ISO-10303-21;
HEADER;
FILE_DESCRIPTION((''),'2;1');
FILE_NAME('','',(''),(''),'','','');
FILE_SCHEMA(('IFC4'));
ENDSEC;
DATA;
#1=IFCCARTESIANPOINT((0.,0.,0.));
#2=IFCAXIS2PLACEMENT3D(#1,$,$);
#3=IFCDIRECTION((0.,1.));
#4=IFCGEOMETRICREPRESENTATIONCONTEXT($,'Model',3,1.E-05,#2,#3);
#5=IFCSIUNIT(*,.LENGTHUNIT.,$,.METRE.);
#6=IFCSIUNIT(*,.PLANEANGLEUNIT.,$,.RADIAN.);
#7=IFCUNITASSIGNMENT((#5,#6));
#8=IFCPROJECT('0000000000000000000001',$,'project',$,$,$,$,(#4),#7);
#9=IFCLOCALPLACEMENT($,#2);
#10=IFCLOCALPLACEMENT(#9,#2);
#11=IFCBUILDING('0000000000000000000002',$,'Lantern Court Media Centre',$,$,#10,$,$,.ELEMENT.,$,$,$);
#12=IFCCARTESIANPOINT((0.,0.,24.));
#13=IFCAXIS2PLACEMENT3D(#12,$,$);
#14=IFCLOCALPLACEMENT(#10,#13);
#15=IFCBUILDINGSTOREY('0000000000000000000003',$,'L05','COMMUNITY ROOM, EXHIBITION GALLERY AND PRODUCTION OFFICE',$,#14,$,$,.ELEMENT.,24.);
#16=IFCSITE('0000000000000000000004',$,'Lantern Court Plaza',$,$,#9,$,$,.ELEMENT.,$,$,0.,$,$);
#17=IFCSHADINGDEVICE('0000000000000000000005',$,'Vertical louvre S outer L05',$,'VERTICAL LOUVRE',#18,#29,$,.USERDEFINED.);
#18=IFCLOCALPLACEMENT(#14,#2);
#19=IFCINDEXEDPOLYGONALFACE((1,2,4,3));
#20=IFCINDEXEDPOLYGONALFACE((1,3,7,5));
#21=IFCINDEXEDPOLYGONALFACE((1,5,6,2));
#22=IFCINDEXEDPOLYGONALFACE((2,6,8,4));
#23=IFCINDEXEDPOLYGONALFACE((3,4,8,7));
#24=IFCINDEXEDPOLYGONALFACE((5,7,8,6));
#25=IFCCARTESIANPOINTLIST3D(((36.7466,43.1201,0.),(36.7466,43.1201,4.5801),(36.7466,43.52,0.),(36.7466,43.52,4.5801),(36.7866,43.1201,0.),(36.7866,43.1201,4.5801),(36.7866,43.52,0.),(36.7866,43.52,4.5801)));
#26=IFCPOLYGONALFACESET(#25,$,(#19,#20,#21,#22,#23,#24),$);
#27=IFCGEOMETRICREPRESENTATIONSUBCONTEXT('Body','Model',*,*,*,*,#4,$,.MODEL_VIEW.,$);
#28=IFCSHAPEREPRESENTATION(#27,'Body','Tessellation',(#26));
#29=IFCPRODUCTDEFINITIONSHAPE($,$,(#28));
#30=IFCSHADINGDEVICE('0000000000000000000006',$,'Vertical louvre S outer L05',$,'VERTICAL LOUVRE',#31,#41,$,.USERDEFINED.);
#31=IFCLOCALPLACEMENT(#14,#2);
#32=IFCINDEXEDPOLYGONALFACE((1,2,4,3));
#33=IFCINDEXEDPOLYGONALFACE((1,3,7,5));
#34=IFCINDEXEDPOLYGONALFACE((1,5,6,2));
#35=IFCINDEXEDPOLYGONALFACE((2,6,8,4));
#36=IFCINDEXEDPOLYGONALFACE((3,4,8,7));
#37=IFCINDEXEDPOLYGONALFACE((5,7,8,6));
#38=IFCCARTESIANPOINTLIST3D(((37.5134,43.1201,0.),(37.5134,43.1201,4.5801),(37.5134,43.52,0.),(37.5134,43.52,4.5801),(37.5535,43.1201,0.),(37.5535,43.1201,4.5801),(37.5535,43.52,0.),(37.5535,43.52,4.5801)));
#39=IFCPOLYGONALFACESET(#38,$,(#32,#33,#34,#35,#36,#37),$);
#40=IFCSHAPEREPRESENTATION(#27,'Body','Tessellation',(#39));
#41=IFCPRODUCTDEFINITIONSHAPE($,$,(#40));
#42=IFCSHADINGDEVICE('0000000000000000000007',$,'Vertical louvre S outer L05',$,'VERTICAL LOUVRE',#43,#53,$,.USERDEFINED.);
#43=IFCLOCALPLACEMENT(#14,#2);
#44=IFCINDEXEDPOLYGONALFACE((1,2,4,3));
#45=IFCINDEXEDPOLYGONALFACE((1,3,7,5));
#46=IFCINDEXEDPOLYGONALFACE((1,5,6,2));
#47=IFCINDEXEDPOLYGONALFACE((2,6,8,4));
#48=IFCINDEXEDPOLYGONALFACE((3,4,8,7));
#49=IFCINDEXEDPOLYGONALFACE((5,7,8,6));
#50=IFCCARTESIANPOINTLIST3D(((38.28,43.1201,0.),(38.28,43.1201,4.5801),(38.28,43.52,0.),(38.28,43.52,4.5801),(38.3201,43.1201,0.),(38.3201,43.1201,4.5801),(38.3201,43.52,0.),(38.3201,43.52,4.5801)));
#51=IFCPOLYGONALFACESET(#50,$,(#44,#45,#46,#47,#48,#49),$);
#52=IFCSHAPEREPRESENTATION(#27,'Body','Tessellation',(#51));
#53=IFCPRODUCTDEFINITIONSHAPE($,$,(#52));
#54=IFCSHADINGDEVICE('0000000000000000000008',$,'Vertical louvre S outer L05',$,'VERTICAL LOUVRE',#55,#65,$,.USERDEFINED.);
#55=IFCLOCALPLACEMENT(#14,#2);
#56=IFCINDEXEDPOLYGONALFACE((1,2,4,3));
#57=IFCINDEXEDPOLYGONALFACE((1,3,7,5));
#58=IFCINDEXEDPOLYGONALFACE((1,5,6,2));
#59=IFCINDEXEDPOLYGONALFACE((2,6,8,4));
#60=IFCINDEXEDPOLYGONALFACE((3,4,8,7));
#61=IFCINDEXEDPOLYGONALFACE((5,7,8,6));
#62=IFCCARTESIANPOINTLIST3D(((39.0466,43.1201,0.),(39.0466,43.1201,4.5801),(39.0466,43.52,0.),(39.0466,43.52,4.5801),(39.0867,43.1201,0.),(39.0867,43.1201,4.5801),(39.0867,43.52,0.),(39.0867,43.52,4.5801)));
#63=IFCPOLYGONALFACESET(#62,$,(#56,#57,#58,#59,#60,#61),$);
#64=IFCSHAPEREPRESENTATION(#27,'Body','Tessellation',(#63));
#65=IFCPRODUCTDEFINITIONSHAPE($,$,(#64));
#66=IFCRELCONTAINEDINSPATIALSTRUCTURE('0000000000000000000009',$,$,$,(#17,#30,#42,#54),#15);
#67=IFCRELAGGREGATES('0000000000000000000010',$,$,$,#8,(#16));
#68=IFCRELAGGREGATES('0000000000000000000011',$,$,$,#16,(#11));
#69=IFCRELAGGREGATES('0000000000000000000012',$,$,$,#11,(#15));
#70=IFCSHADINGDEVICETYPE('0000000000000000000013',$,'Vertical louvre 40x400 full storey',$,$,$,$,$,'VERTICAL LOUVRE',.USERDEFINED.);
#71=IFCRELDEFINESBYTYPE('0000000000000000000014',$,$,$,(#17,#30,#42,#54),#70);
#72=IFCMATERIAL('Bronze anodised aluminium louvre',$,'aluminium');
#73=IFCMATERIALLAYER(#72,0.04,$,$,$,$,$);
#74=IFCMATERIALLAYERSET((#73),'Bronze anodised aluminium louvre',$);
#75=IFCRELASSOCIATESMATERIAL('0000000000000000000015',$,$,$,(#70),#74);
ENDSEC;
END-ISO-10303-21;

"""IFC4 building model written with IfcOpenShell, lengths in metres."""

from ifc_helpers import new_model, si_unit, direction, frame, origin, origin_2d, place, context, subcontext, project, spatial, rectangle, extrude, material, layer, layer_set, type_object, element, save


model = new_model("IFC4")

# Units and contexts
model_context = context("Model", 3, precision=1e-05, world=origin(), true_north=direction((0.0, 1.0)))
body_context = subcontext(model_context, "Body", "Model", "MODEL_VIEW")
ifc_project = project(units=[si_unit("LENGTHUNIT", "METRE"), si_unit("PLANEANGLEUNIT", "RADIAN")], contexts=[model_context])

# Site, building, storey
site_placement = place(None, origin())
site = spatial("IfcSite", under=ifc_project, at=site_placement, Name="Lantern Court Plaza", CompositionType="ELEMENT", RefElevation=0.0)
building_placement = place(site_placement, origin())
building = spatial("IfcBuilding", under=site, at=building_placement, Name="Lantern Court Media Centre", CompositionType="ELEMENT")
storey_placement = place(building_placement, frame((0.0, 0.0, 24.0)))
storey = spatial("IfcBuildingStorey", under=building, at=storey_placement, Name="L05", Description="COMMUNITY ROOM, EXHIBITION GALLERY AND PRODUCTION OFFICE", CompositionType="ELEMENT", Elevation=24.0)

# Shading devices
ifc_material_1 = material(Name="Bronze anodised aluminium louvre", Category="aluminium")
ifc_layer_1 = layer(ifc_material_1, 0.04)
ifc_layer_set_1 = layer_set([ifc_layer_1], Name="Bronze anodised aluminium louvre")
shading_device_type = type_object("IfcShadingDeviceType", Name="Vertical louvre 40x400 full storey", ElementType="VERTICAL LOUVRE", PredefinedType="USERDEFINED", material=ifc_layer_set_1)
for number, where, z_axis, x_axis, name in (
    (1, (36.7666, 43.3201, 0.0), (0.0, 0.0, 1.0), (1.0, 0.0, 0.0), "Vertical louvre S outer L05"),
    (2, (37.5334, 43.3201, 0.0), (0.0, 0.0, 1.0), (1.0, 0.0, 0.0), "Vertical louvre S outer L05"),
    (3, (38.3, 43.3201, 0.0), (0.0, 0.0, 1.0), (1.0, 0.0, 0.0), "Vertical louvre S outer L05"),
    (4, (39.0667, 43.3201, 0.0), (0.0, 0.0, 1.0), (1.0, 0.0, 0.0), "Vertical louvre S outer L05"),
):
    element("IfcShadingDevice", number, at=place(storey_placement, frame(where, z_axis=z_axis, x_axis=x_axis)), inside=storey, type_object=shading_device_type, Name=name, ObjectType="VERTICAL LOUVRE", PredefinedType="USERDEFINED", context=body_context, shape_type="SweptSolid", body=[
        extrude(rectangle(XDim=0.04, YDim=0.3999, at=origin_2d()), origin(), (0.0, 0.0, 1.0), 4.5801),
    ])

save(model, "model.ifc")
